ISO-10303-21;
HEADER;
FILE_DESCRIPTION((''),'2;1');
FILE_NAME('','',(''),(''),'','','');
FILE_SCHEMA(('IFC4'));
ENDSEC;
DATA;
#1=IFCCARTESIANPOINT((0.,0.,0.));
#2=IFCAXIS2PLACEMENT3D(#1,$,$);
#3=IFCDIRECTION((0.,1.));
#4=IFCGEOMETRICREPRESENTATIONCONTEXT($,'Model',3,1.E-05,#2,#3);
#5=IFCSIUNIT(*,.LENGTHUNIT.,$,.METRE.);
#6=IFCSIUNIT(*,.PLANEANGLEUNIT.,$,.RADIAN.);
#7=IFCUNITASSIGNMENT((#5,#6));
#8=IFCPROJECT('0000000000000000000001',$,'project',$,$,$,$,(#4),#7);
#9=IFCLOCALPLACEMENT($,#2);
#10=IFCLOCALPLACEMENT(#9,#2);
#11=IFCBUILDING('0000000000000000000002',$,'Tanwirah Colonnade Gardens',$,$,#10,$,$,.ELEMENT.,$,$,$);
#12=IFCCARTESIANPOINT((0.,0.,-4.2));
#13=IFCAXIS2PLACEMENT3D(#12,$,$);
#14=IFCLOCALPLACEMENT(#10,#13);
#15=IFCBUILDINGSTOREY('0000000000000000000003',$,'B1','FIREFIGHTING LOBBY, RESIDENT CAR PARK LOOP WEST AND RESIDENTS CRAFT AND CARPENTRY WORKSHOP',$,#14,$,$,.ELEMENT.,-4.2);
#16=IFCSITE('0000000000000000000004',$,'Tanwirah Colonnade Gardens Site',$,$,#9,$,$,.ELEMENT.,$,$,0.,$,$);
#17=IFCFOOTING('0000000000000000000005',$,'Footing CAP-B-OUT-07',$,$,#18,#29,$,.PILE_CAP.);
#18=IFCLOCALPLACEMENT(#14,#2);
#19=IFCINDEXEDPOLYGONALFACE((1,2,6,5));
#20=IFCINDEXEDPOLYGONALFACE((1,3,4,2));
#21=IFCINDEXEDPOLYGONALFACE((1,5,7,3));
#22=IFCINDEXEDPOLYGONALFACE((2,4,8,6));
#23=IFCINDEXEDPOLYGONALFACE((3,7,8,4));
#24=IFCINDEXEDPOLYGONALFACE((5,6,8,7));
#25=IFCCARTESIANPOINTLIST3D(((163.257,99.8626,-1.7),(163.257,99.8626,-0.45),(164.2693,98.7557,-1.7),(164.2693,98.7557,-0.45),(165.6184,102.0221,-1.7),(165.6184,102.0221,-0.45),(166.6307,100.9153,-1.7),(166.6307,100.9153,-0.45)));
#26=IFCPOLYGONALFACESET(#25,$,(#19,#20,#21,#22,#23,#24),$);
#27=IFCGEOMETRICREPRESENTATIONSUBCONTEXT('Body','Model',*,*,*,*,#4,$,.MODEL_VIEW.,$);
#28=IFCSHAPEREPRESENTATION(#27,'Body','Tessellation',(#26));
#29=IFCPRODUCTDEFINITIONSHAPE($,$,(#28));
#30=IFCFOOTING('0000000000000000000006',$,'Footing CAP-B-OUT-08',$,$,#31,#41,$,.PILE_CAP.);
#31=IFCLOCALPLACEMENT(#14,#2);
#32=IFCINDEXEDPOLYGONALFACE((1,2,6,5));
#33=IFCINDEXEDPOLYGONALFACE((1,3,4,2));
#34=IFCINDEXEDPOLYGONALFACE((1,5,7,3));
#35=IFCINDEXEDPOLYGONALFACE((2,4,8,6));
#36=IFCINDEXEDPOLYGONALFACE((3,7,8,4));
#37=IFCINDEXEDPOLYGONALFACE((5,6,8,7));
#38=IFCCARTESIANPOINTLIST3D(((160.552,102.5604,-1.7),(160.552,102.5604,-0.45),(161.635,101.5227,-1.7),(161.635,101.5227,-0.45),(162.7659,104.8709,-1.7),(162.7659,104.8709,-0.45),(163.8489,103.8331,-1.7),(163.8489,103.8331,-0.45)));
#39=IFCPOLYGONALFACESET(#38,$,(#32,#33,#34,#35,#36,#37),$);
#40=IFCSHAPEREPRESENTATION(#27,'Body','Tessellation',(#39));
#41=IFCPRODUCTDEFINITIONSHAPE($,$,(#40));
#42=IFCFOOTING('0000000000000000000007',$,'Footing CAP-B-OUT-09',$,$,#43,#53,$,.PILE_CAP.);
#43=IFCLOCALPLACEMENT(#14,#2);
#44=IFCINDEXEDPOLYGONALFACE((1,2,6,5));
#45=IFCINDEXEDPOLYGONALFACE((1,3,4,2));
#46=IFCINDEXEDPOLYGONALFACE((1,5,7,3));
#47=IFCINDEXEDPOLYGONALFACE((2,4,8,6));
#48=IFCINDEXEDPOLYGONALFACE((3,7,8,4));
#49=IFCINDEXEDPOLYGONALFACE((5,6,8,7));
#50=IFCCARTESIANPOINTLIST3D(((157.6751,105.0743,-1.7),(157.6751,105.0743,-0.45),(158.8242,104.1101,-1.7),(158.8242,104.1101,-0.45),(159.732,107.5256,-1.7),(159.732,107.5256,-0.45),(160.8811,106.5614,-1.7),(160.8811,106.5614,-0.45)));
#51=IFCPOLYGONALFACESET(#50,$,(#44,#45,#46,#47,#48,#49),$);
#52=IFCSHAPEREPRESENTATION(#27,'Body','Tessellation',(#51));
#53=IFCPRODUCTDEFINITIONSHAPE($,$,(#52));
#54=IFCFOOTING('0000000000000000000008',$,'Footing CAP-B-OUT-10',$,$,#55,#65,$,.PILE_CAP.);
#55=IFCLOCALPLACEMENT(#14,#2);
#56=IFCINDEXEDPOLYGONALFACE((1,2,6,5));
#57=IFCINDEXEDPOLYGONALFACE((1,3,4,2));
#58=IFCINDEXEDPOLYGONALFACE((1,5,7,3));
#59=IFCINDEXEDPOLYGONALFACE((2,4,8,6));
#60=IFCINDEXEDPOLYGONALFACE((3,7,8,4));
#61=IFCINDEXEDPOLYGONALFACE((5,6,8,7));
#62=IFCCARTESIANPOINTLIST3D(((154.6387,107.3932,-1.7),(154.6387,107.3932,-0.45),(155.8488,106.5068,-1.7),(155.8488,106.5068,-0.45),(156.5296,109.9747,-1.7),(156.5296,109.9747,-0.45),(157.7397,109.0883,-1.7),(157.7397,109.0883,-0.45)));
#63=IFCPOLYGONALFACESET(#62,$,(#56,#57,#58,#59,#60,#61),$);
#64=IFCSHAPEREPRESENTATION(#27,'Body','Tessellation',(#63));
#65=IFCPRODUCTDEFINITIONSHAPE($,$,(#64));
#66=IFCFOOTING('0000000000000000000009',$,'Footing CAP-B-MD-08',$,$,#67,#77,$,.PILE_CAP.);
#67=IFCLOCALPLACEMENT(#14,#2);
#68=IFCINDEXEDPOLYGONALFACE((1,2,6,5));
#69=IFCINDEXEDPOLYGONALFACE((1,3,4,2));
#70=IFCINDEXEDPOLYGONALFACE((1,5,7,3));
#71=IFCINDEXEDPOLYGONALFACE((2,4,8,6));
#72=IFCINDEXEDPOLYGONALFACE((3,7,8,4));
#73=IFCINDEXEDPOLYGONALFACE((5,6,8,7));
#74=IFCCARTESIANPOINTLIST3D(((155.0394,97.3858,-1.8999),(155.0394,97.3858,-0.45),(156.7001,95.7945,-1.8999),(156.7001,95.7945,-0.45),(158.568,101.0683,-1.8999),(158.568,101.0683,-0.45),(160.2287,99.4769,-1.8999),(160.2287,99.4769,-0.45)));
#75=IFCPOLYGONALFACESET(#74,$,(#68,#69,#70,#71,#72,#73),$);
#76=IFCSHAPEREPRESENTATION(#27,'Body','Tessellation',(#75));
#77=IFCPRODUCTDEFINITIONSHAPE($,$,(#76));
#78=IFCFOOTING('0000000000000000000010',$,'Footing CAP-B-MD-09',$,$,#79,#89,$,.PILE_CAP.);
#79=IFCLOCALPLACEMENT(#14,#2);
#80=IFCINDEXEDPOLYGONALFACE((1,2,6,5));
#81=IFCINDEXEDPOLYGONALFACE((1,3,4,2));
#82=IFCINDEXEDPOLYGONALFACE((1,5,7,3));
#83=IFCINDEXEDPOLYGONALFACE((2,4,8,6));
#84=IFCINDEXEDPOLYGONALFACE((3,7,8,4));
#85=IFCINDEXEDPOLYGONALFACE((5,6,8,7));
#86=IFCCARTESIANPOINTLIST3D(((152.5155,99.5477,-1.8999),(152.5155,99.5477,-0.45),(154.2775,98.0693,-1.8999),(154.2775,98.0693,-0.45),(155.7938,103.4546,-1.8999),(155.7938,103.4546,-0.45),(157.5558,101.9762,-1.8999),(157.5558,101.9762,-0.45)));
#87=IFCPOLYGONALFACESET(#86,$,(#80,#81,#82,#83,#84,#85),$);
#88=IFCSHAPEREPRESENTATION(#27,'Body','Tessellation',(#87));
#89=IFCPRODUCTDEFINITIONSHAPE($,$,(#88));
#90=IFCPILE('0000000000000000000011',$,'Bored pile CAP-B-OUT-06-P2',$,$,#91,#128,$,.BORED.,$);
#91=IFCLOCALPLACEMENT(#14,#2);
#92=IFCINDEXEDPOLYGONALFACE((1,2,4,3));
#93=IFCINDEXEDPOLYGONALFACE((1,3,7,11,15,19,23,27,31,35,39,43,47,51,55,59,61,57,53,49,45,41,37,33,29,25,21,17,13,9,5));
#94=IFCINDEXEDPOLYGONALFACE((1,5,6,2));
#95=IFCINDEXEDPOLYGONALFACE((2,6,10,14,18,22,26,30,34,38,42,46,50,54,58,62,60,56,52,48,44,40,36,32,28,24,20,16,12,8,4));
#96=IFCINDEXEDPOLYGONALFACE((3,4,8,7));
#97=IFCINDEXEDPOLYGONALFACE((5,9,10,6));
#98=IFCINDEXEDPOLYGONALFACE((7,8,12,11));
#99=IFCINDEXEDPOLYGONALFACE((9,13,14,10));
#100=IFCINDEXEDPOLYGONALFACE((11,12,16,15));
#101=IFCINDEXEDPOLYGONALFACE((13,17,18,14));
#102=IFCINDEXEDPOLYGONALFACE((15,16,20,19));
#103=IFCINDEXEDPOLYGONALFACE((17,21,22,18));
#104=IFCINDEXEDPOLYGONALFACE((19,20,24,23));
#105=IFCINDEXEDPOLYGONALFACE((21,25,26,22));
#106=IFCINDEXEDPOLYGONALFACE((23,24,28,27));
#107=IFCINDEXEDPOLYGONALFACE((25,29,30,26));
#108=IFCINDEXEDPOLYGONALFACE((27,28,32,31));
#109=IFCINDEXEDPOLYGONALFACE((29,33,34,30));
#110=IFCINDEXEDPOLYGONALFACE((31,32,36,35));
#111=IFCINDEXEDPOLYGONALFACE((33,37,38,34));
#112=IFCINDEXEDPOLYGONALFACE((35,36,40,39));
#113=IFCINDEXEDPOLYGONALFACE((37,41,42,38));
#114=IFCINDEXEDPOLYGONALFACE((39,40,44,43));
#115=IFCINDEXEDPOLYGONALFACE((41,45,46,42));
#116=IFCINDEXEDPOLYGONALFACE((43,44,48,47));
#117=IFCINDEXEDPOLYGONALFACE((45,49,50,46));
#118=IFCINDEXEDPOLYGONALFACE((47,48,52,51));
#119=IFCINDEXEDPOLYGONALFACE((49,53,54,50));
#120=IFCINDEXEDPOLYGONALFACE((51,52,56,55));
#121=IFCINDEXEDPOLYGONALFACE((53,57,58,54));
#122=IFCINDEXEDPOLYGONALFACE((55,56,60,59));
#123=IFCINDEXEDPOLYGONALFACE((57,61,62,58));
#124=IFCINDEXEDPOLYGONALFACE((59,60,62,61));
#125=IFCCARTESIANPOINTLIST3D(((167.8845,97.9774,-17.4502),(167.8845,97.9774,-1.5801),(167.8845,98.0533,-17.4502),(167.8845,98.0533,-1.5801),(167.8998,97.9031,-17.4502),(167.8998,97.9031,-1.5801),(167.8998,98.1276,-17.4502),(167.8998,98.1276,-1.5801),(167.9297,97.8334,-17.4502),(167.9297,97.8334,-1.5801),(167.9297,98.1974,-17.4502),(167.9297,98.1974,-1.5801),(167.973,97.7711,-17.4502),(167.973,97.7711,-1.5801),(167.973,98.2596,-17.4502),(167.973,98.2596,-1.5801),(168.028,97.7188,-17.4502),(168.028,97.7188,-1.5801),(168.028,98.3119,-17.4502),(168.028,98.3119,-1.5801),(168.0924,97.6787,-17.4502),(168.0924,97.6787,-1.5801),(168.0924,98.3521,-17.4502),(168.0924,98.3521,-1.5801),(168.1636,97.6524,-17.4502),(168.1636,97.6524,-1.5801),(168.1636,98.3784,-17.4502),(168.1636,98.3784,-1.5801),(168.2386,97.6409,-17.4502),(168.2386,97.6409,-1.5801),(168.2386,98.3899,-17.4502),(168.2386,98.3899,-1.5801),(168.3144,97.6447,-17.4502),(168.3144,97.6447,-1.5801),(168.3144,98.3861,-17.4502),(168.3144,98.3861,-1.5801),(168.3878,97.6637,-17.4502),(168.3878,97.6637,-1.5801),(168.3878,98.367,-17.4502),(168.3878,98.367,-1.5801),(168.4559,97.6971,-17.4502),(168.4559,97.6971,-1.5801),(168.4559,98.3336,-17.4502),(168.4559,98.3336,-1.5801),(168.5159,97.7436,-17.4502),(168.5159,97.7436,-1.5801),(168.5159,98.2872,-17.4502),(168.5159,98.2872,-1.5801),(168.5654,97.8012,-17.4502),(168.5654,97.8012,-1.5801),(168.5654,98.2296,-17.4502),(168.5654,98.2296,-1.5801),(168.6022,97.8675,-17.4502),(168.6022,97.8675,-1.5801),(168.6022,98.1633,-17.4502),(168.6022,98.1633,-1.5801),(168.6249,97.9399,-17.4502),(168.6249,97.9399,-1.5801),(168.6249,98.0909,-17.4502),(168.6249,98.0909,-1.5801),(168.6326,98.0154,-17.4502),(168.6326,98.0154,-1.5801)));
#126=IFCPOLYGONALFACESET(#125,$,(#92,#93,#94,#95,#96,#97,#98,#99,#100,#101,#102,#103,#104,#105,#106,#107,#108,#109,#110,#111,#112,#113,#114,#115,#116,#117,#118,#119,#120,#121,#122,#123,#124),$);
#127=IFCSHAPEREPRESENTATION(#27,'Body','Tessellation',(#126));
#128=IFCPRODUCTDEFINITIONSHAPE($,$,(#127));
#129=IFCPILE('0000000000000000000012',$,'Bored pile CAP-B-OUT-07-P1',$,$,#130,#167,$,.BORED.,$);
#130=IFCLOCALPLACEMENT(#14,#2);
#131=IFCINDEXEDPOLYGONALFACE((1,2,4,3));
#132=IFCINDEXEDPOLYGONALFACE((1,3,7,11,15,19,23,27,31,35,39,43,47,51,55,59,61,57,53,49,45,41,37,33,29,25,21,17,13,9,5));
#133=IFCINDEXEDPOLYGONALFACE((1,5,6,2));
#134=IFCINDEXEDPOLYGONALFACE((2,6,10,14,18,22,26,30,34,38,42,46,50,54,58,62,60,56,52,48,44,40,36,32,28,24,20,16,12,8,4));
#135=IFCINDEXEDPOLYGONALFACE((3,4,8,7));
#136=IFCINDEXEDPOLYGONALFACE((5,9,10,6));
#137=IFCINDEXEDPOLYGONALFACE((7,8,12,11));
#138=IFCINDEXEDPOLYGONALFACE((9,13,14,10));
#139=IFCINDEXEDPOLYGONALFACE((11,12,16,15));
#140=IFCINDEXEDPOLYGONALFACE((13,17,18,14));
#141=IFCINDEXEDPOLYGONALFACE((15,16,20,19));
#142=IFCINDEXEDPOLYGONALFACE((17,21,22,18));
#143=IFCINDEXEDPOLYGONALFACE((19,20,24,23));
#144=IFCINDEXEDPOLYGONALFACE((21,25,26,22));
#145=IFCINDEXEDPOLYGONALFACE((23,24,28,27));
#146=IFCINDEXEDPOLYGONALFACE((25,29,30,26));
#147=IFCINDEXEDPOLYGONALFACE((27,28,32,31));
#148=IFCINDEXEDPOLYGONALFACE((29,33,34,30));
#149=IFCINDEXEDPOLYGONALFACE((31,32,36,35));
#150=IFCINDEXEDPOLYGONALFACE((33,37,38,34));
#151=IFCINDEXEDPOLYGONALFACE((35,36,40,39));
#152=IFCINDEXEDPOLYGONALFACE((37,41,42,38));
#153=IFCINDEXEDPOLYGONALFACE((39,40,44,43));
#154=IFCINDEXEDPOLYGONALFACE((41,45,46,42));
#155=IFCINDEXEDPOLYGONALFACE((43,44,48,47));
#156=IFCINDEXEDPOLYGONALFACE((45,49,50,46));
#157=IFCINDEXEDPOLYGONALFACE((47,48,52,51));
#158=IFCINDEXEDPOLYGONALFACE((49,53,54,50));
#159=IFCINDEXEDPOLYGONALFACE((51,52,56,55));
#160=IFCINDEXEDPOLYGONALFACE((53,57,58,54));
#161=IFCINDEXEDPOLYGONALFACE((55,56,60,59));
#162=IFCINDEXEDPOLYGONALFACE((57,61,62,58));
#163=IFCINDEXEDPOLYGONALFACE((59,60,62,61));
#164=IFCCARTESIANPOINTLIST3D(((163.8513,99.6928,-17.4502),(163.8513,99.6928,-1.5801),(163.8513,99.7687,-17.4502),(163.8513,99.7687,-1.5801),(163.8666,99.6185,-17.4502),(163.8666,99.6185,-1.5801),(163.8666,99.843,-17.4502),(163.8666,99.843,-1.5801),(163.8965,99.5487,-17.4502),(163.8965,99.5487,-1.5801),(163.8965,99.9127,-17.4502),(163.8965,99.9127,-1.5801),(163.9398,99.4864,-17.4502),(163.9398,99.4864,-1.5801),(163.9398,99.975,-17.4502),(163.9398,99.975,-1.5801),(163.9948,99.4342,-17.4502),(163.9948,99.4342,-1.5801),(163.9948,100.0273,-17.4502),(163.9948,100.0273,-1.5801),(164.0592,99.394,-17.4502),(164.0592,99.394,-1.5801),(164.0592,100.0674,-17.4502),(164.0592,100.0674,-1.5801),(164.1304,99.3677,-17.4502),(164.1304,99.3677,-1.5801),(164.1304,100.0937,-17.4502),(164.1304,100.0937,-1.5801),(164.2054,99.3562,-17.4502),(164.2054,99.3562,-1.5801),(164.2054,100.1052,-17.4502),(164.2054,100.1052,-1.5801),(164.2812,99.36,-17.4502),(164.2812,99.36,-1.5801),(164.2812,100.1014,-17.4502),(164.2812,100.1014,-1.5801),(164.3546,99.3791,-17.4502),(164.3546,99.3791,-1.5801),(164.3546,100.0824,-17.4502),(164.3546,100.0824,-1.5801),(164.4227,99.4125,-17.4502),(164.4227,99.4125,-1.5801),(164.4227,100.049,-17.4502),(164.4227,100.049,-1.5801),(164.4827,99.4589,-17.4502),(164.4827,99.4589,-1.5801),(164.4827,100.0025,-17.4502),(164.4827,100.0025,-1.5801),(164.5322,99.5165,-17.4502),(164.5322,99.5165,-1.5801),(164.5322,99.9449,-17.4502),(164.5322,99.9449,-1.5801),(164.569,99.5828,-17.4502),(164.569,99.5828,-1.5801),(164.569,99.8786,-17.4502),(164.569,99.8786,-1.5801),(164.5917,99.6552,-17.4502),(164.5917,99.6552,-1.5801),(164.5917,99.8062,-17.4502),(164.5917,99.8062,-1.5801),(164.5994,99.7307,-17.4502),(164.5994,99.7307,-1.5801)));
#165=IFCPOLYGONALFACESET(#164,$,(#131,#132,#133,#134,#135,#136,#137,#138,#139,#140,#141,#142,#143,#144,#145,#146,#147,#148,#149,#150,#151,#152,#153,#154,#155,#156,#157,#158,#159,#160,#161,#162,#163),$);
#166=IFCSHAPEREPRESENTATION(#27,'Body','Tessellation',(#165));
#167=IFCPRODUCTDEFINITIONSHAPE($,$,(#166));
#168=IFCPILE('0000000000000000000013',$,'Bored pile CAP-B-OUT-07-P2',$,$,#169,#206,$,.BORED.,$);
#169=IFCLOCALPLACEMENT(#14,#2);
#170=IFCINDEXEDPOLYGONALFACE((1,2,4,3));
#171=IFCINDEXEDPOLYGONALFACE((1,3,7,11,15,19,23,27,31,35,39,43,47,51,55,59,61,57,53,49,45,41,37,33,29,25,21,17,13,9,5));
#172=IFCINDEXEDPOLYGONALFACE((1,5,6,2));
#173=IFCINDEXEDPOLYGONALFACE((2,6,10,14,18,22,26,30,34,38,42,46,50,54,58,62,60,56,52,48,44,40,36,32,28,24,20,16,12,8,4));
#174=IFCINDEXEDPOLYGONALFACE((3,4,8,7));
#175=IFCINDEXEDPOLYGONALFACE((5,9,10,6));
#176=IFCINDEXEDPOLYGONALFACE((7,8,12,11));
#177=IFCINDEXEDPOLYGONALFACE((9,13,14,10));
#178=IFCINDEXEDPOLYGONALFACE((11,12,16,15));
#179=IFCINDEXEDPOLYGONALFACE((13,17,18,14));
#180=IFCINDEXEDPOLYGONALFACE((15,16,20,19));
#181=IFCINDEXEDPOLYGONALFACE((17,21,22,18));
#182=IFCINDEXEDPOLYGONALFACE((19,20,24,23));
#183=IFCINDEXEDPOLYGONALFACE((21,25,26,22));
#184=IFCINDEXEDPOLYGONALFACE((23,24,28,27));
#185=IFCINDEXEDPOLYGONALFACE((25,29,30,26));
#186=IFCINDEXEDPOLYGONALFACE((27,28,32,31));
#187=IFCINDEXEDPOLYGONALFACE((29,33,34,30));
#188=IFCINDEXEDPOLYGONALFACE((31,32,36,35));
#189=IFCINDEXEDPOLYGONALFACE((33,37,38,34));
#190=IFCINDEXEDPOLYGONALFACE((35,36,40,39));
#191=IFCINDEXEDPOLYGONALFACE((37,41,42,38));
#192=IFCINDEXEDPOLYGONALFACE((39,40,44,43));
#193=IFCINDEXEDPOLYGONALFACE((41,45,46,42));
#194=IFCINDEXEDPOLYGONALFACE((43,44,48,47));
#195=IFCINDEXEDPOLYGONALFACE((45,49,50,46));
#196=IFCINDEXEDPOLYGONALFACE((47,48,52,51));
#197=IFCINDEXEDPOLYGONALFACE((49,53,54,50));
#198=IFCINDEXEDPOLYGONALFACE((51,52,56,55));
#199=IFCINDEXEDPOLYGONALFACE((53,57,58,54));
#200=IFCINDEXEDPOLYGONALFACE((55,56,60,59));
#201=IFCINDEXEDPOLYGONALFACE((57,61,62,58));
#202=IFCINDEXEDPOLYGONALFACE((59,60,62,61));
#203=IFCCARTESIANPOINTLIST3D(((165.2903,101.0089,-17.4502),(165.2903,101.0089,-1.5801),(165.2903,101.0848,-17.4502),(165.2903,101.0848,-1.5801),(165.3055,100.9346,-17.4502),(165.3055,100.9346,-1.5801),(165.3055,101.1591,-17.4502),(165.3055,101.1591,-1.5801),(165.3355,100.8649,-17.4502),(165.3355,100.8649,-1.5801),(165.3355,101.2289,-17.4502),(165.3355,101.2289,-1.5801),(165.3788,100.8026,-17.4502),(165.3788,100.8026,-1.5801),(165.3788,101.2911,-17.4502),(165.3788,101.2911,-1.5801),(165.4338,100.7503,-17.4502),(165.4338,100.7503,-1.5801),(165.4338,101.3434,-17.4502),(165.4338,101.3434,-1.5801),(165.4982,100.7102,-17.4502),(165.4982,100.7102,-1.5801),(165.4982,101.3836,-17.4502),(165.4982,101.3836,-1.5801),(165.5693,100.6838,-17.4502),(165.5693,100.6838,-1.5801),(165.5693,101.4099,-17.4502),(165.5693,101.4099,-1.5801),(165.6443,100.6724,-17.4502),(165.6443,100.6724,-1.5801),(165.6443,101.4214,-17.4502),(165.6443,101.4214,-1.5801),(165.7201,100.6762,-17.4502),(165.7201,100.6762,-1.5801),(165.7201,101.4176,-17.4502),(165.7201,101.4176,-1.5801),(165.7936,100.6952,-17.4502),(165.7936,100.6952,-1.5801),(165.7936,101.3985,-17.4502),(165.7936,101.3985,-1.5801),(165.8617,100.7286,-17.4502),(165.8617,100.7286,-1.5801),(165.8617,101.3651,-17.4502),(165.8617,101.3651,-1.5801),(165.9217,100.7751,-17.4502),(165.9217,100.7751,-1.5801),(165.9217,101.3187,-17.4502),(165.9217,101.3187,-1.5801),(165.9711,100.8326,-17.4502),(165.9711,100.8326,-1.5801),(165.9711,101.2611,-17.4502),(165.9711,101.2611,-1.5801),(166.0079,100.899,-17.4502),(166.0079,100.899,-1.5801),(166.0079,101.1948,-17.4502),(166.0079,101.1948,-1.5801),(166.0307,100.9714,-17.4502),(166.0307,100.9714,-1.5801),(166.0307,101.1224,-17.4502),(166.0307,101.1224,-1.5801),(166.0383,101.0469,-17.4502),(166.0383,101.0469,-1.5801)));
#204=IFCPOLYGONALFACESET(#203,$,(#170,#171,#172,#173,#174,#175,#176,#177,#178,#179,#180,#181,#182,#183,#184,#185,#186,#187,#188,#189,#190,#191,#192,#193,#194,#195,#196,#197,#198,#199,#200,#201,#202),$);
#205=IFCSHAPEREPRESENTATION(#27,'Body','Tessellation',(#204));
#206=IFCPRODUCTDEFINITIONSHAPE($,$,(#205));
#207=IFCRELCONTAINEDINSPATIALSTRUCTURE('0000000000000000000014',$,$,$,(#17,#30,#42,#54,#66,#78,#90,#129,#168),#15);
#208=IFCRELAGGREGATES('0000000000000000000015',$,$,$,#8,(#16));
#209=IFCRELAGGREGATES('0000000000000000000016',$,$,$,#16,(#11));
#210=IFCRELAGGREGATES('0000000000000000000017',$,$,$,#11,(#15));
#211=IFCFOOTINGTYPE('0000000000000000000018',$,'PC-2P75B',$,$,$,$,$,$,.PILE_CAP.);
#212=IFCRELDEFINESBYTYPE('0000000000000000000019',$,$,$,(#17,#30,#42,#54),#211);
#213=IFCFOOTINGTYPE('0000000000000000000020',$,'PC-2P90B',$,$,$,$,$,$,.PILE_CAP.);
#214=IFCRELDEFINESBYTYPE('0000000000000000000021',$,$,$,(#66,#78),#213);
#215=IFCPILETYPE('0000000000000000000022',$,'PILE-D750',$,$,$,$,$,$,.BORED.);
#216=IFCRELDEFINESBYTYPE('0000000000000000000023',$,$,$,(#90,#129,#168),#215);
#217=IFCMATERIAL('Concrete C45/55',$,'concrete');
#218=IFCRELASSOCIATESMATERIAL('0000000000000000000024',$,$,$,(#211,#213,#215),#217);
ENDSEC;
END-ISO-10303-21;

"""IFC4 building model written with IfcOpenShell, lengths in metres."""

from ifc_helpers import new_model, si_unit, direction, frame, origin, origin_2d, place, context, subcontext, project, spatial, rectangle, circle, extrude, material, material_profile, profile_set, type_object, element, save


model = new_model("IFC4")

# Units and contexts
model_context = context("Model", 3, precision=1e-05, world=origin(), true_north=direction((0.0, 1.0)))
body_context = subcontext(model_context, "Body", "Model", "MODEL_VIEW")
ifc_project = project(units=[si_unit("LENGTHUNIT", "METRE"), si_unit("PLANEANGLEUNIT", "RADIAN")], contexts=[model_context])

# Site, building, storey
site_placement = place(None, origin())
site = spatial("IfcSite", under=ifc_project, at=site_placement, Name="Tanwirah Colonnade Gardens Site", CompositionType="ELEMENT", RefElevation=0.0)
building_placement = place(site_placement, origin())
building = spatial("IfcBuilding", under=site, at=building_placement, Name="Tanwirah Colonnade Gardens", CompositionType="ELEMENT")
storey_placement = place(building_placement, frame((0.0, 0.0, -4.2)))
storey = spatial("IfcBuildingStorey", under=building, at=storey_placement, Name="B1", Description="FIREFIGHTING LOBBY, RESIDENT CAR PARK LOOP WEST AND RESIDENTS CRAFT AND CARPENTRY WORKSHOP", CompositionType="ELEMENT", Elevation=-4.2)

# Footings
ifc_material_1 = material(Name="Concrete C45/55", Category="concrete")
footing_type_1 = type_object("IfcFootingType", Name="PC-2P75B", PredefinedType="PILE_CAP", material=ifc_material_1)
for number, where, z_axis, x_axis, name in (
    (1, (164.9438, 100.3889, -1.7), (0.0, 0.0, 1.0), (0.737932, 0.674875, 0.0), "Footing CAP-B-OUT-07"),
    (2, (162.2004, 103.1968, -1.7), (0.0, 0.0, 1.0), (0.691863, 0.722029, 0.0), "Footing CAP-B-OUT-08"),
    (3, (159.2781, 105.8179, -1.7), (0.0, 0.0, 1.0), (0.642788, 0.766044, 0.0), "Footing CAP-B-OUT-09"),
    (4, (156.1892, 108.2407, -1.7), (0.0, 0.0, 1.0), (0.590919, 0.806731, 0.0), "Footing CAP-B-OUT-10"),
):
    element("IfcFooting", number, at=place(storey_placement, frame(where, z_axis=z_axis, x_axis=x_axis)), inside=storey, type_object=footing_type_1, Name=name, PredefinedType="PILE_CAP", context=body_context, shape_type="SweptSolid", body=[
        extrude(rectangle(XDim=3.2, YDim=1.5, at=origin_2d()), origin(), (0.0, 0.0, 1.0), 1.25),
    ])
footing_type_2 = type_object("IfcFootingType", Name="PC-2P90B", PredefinedType="PILE_CAP", material=ifc_material_1)
for number, where, z_axis, x_axis, name in (
    (5, (157.634, 98.4314, -1.8999), (0.0, 0.0, 1.0), (0.691863, 0.722029, 0.0), "Footing CAP-B-MD-08"),
    (6, (155.0356, 100.762, -1.8999), (0.0, 0.0, 1.0), (0.642788, 0.766044, 0.0), "Footing CAP-B-MD-09"),
):
    element("IfcFooting", number, at=place(storey_placement, frame(where, z_axis=z_axis, x_axis=x_axis)), inside=storey, type_object=footing_type_2, Name=name, PredefinedType="PILE_CAP", context=body_context, shape_type="SweptSolid", body=[
        extrude(rectangle(XDim=5.1001, YDim=2.3, at=origin_2d()), origin(), (0.0, 0.0, 1.0), 1.45),
    ])

# Piles
ifc_material_profile_1 = material_profile(ifc_material_1, circle(Radius=0.375, at=origin_2d()), Name="PILE D750")
ifc_profile_set_1 = profile_set([ifc_material_profile_1], Name="Concrete C45/55")
pile_type_1 = type_object("IfcPileType", Name="PILE-D750", PredefinedType="BORED", material=ifc_profile_set_1)
for number, where, z_axis, x_axis, name in (
    (7, (168.2576, 98.0154, -1.5801), (0.0, 0.0, -1.0), (1.0, 0.0, 0.0), "Bored pile CAP-B-OUT-06-P2"),
    (8, (164.2244, 99.7307, -1.5801), (0.0, 0.0, -1.0), (1.0, 0.0, 0.0), "Bored pile CAP-B-OUT-07-P1"),
    (9, (165.6633, 101.0469, -1.5801), (0.0, 0.0, -1.0), (1.0, 0.0, 0.0), "Bored pile CAP-B-OUT-07-P2"),
):
    element("IfcPile", number, at=place(storey_placement, frame(where, z_axis=z_axis, x_axis=x_axis)), inside=storey, type_object=pile_type_1, Name=name, PredefinedType="BORED", context=body_context, shape_type="SweptSolid", body=[
        extrude(circle(Radius=0.375, at=origin_2d()), origin(), (0.0, 0.0, 1.0), 15.8701),
    ])

save(model, "model.ifc")
